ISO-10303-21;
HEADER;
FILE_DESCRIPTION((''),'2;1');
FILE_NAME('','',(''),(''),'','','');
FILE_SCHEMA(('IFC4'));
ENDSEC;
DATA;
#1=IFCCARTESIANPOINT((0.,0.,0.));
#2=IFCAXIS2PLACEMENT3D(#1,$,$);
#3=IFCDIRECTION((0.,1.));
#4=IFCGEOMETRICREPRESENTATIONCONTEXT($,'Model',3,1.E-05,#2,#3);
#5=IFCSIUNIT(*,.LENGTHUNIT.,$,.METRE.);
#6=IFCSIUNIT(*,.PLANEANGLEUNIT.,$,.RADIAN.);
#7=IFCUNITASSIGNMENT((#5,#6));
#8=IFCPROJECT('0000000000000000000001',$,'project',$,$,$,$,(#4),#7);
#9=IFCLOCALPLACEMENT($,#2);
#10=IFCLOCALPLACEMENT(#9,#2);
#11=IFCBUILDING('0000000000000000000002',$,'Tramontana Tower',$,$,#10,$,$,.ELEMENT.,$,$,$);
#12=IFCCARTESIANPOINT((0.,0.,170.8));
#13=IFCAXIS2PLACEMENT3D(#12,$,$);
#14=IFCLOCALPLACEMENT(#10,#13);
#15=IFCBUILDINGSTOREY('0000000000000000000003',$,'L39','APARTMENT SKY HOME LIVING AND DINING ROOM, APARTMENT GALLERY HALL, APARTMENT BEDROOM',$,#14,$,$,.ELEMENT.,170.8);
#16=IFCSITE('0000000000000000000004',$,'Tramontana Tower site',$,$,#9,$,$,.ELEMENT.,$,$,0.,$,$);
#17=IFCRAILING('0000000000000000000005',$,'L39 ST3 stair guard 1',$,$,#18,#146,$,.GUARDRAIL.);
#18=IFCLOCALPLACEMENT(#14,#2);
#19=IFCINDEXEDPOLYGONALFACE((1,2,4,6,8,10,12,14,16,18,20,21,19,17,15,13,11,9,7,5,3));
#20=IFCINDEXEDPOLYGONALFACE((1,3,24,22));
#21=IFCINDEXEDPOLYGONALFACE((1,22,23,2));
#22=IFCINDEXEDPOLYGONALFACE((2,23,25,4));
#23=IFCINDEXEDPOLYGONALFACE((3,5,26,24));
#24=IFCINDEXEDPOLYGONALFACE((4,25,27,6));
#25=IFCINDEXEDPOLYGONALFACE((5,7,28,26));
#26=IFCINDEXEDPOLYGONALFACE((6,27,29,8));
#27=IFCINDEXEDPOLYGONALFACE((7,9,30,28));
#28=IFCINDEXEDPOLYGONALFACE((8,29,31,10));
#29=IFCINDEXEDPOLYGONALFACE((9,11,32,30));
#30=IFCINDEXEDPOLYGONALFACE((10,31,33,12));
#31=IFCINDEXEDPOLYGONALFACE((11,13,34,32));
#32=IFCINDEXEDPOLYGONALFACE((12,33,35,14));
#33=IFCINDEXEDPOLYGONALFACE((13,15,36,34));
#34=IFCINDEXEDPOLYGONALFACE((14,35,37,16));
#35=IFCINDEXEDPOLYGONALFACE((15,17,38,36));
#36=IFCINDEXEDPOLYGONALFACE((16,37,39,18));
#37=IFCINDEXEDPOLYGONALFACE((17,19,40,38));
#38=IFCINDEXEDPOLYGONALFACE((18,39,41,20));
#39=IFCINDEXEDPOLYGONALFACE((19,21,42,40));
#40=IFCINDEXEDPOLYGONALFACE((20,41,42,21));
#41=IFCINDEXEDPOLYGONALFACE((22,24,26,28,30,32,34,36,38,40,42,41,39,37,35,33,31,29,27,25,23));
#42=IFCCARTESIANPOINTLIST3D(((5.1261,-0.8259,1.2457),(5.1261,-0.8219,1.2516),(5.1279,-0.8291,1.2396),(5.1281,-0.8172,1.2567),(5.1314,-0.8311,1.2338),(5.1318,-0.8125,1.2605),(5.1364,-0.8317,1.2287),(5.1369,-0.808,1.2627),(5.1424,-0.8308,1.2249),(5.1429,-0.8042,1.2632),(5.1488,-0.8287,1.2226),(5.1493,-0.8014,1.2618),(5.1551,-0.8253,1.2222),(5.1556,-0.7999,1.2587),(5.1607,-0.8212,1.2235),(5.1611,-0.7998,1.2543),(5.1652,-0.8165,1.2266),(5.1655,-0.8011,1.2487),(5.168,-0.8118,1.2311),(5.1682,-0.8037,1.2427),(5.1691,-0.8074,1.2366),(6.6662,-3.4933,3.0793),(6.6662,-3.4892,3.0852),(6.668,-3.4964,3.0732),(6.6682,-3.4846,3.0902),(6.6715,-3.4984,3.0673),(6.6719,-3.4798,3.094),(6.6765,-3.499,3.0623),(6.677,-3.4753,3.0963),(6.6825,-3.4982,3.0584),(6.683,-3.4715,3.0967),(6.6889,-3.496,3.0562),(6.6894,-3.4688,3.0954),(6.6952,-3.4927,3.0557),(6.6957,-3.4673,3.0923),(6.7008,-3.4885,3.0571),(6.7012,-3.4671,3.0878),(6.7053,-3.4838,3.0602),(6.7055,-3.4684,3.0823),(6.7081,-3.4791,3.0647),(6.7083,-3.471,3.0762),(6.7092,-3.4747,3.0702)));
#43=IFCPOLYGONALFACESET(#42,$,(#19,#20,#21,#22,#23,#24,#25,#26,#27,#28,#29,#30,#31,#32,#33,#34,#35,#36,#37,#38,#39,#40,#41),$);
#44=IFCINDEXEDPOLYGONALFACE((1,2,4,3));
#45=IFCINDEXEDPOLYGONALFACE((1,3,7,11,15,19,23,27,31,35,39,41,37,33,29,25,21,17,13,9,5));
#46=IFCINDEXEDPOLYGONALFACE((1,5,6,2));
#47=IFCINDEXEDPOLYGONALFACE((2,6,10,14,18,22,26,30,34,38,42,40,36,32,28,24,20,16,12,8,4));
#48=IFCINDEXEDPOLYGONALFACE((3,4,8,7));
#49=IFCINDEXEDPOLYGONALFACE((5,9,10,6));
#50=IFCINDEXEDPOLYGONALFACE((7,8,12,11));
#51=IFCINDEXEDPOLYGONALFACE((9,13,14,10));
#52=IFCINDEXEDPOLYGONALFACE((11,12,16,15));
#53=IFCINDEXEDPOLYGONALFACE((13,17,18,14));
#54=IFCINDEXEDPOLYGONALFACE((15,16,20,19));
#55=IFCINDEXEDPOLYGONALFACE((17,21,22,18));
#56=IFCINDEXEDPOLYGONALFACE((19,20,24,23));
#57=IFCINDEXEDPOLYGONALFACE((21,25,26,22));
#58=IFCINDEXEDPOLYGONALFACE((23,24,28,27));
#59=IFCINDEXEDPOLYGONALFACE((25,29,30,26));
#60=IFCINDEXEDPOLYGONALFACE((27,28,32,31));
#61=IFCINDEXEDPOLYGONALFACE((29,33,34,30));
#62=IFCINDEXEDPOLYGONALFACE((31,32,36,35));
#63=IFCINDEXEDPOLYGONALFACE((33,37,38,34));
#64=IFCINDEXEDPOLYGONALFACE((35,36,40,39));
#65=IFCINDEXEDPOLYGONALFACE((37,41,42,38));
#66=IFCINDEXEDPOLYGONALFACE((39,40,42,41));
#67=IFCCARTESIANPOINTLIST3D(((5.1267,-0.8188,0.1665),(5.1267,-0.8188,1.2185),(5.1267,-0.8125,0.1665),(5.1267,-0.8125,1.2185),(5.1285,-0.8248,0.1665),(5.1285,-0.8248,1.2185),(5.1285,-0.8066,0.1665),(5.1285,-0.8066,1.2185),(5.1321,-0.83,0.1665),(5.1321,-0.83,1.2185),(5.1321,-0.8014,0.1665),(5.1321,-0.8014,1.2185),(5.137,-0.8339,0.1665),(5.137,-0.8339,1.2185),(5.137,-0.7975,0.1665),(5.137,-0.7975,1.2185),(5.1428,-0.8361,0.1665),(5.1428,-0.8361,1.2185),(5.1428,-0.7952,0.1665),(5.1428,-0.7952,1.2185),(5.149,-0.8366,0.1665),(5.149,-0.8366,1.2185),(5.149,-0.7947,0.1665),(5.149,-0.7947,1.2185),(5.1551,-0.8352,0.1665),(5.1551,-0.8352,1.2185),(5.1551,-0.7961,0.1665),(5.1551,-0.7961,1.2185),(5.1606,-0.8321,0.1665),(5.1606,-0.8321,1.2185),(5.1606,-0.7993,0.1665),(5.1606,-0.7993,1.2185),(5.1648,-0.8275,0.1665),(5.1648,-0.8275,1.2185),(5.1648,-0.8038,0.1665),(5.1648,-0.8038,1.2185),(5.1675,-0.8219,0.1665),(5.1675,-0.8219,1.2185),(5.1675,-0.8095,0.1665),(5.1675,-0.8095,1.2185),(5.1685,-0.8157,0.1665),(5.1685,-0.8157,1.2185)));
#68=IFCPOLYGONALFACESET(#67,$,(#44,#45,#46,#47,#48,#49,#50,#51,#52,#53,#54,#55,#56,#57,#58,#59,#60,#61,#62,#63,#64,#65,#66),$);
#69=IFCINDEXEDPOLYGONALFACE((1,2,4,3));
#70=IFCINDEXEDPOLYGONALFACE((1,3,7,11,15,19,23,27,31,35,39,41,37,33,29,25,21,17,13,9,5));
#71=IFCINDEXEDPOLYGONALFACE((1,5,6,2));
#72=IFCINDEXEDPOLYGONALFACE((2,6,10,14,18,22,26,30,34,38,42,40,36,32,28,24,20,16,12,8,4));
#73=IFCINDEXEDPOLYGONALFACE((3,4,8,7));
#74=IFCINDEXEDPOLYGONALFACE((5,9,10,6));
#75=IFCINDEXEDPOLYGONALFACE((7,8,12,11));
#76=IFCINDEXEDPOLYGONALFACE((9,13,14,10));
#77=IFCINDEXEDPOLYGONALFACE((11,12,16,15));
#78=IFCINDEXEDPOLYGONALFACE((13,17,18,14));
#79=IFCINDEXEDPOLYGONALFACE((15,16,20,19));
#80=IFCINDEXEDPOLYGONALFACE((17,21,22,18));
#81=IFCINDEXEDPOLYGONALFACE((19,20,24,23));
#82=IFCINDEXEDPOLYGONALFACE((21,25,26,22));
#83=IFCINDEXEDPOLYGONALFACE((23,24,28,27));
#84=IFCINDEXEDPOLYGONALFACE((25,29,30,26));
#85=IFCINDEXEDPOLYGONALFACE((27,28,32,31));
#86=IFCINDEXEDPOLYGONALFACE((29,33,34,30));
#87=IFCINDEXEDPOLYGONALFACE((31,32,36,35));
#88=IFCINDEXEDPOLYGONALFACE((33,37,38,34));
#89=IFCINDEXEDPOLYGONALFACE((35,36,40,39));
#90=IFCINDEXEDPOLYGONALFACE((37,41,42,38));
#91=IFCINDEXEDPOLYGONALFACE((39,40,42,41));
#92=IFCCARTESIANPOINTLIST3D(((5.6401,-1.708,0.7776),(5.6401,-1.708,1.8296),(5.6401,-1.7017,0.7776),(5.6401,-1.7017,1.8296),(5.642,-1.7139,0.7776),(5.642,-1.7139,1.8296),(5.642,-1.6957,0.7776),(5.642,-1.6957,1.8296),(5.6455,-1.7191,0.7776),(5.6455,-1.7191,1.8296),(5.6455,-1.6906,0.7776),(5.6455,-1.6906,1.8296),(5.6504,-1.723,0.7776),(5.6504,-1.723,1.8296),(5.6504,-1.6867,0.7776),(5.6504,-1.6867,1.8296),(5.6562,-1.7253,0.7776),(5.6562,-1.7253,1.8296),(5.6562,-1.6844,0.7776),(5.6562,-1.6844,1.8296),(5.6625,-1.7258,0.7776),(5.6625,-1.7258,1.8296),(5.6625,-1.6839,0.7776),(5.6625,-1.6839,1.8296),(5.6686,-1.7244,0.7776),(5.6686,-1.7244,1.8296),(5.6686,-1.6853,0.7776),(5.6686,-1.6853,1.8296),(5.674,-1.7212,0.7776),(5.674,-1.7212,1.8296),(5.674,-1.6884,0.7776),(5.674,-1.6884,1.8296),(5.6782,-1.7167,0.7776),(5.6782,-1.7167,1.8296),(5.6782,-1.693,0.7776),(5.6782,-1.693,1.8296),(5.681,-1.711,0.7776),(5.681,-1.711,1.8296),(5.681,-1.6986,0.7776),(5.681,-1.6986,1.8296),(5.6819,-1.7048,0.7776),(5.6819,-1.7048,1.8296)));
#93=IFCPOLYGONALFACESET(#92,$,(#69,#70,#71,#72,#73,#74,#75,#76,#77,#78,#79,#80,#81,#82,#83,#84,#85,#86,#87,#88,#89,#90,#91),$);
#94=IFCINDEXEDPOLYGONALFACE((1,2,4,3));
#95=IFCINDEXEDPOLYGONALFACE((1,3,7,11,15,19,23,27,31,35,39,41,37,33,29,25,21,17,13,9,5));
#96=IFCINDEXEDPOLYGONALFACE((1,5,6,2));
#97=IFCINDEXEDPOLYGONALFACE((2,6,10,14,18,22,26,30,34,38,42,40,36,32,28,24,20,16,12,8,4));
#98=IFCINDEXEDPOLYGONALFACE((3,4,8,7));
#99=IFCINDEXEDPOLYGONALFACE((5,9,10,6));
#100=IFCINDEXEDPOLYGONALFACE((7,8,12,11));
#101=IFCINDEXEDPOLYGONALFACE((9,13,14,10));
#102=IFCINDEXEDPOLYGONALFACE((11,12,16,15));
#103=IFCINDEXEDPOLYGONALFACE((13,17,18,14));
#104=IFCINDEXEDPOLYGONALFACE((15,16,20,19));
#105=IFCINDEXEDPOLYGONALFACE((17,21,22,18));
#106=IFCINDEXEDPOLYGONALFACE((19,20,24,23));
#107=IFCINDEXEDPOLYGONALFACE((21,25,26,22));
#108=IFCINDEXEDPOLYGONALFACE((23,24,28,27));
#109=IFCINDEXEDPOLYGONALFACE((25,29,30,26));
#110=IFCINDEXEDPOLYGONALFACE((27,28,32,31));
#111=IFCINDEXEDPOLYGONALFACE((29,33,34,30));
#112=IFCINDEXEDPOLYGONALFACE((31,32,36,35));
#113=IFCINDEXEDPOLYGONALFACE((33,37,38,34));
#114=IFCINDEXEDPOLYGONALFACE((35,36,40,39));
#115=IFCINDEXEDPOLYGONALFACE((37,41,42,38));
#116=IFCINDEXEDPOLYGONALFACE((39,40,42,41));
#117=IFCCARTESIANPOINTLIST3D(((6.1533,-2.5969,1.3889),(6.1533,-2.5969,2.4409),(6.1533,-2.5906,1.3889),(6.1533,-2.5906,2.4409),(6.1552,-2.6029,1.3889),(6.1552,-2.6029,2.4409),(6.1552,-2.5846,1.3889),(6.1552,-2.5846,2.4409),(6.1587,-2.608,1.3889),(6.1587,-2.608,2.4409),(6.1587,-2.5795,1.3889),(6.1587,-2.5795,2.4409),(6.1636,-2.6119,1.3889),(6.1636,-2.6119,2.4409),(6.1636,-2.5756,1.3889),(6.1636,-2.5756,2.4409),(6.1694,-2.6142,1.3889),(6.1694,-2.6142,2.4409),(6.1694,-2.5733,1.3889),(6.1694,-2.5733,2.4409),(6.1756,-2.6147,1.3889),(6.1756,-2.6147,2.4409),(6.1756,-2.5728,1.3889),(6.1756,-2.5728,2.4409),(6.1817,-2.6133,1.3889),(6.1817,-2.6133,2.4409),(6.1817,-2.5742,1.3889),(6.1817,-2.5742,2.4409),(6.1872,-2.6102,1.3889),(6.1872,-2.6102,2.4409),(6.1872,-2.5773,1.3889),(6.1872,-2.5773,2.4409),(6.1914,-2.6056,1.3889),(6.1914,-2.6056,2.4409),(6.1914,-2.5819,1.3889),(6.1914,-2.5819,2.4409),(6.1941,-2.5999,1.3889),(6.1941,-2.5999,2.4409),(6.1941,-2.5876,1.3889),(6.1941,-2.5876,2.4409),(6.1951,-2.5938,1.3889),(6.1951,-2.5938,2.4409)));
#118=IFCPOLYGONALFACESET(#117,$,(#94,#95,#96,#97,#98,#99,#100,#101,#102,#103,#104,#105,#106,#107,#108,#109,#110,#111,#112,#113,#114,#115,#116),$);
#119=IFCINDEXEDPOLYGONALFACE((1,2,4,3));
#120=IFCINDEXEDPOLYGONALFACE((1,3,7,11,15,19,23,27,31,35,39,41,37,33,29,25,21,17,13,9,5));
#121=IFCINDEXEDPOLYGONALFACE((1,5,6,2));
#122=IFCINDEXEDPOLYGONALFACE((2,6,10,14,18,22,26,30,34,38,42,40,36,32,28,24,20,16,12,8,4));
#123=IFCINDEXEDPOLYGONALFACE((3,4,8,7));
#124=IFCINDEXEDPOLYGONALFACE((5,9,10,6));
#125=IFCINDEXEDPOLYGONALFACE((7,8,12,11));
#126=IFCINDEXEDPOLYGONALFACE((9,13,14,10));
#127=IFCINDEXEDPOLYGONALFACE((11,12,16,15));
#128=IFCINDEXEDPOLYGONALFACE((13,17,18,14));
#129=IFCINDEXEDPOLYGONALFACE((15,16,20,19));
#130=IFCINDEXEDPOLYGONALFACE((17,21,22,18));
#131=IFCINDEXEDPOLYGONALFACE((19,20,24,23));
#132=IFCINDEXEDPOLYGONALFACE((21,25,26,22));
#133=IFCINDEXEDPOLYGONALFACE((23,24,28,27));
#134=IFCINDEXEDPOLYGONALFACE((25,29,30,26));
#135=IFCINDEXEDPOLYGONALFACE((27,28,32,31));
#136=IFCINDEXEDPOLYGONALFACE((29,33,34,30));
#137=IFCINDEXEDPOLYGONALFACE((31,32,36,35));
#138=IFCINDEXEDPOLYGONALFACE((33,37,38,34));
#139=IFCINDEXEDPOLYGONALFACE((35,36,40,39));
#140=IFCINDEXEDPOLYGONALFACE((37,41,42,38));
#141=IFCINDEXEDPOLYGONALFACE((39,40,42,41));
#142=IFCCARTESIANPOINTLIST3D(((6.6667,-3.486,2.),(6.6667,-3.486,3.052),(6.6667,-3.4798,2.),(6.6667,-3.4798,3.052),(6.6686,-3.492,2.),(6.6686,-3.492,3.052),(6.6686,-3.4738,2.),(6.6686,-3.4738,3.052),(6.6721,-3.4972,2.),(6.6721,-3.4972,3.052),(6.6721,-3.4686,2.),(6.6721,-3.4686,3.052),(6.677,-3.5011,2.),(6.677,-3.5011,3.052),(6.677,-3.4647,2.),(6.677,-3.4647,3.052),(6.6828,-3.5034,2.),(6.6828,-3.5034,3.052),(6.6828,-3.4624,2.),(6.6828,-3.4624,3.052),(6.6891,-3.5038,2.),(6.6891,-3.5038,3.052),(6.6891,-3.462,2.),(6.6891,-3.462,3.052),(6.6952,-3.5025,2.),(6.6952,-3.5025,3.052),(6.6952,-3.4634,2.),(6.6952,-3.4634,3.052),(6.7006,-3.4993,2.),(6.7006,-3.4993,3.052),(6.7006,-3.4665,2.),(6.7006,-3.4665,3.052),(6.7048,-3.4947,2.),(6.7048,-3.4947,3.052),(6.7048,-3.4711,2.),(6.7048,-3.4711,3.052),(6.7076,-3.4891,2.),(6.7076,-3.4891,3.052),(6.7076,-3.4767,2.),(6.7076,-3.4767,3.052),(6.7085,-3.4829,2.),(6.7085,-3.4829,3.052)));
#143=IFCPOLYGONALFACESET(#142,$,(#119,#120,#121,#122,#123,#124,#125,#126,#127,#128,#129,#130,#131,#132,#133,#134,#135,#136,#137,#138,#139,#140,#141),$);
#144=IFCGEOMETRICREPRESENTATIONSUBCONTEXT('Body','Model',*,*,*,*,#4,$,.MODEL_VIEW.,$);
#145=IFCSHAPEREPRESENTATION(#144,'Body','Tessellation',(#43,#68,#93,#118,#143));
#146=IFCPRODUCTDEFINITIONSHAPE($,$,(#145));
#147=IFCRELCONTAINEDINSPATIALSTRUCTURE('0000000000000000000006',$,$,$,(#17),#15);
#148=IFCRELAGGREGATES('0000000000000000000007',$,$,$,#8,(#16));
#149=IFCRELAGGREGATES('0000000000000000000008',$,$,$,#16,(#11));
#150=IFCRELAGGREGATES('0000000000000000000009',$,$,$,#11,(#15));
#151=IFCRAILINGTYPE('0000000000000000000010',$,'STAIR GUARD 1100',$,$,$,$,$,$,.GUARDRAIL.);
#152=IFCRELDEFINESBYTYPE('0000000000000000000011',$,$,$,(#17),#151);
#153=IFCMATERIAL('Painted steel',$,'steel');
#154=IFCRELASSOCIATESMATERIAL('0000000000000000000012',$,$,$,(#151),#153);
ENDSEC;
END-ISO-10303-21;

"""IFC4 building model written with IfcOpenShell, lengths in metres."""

from ifc_helpers import new_model, si_unit, direction, frame, origin, origin_2d, place, context, subcontext, project, spatial, circle, extrude, material, type_object, element, save


model = new_model("IFC4")

# Units and contexts
model_context = context("Model", 3, precision=1e-05, world=origin(), true_north=direction((0.0, 1.0)))
body_context = subcontext(model_context, "Body", "Model", "MODEL_VIEW")
ifc_project = project(units=[si_unit("LENGTHUNIT", "METRE"), si_unit("PLANEANGLEUNIT", "RADIAN")], contexts=[model_context])

# Site, building, storey
site_placement = place(None, origin())
site = spatial("IfcSite", under=ifc_project, at=site_placement, Name="Tramontana Tower site", CompositionType="ELEMENT", RefElevation=0.0)
building_placement = place(site_placement, origin())
building = spatial("IfcBuilding", under=site, at=building_placement, Name="Tramontana Tower", CompositionType="ELEMENT")
storey_placement = place(building_placement, frame((0.0, 0.0, 170.8)))
storey = spatial("IfcBuildingStorey", under=building, at=storey_placement, Name="L39", Description="APARTMENT SKY HOME LIVING AND DINING ROOM, APARTMENT GALLERY HALL, APARTMENT BEDROOM", CompositionType="ELEMENT", Elevation=170.8)

# Railing
ifc_material_1 = material(Name="Painted steel", Category="steel")
railing_type_1 = type_object("IfcRailingType", Name="STAIR GUARD 1100", PredefinedType="GUARDRAIL", material=ifc_material_1)
railing_1_placement = place(storey_placement, frame((5.1475, -0.8157, 0.1665)))
element("IfcRailing", 1, at=railing_1_placement, inside=storey, type_object=railing_type_1, Name="L39 ST3 stair guard 1", PredefinedType="GUARDRAIL", context=body_context, shape_type="SweptSolid", body=[
    extrude(circle(Radius=0.0239, at=origin_2d()), frame((0.0, 0.0, 1.0762), z_axis=(0.429656, -0.744134, 0.511528), x_axis=(0.86601, 0.500027, 0.0)), (0.0, 0.0, 1.0), 3.5845),
    extrude(circle(Radius=0.021, at=origin_2d()), origin(), (0.0, 0.0, 1.0), 1.052),
    extrude(circle(Radius=0.021, at=origin_2d()), frame((0.5134, -0.8892, 0.6111)), (0.0, 0.0, 1.0), 1.052),
    extrude(circle(Radius=0.021, at=origin_2d()), frame((1.0266, -1.7781, 1.2224)), (0.0, 0.0, 1.0), 1.052),
    extrude(circle(Radius=0.021, at=origin_2d()), frame((1.54, -2.6672, 1.8335)), (0.0, 0.0, 1.0), 1.052),
])

save(model, "model.ifc")
